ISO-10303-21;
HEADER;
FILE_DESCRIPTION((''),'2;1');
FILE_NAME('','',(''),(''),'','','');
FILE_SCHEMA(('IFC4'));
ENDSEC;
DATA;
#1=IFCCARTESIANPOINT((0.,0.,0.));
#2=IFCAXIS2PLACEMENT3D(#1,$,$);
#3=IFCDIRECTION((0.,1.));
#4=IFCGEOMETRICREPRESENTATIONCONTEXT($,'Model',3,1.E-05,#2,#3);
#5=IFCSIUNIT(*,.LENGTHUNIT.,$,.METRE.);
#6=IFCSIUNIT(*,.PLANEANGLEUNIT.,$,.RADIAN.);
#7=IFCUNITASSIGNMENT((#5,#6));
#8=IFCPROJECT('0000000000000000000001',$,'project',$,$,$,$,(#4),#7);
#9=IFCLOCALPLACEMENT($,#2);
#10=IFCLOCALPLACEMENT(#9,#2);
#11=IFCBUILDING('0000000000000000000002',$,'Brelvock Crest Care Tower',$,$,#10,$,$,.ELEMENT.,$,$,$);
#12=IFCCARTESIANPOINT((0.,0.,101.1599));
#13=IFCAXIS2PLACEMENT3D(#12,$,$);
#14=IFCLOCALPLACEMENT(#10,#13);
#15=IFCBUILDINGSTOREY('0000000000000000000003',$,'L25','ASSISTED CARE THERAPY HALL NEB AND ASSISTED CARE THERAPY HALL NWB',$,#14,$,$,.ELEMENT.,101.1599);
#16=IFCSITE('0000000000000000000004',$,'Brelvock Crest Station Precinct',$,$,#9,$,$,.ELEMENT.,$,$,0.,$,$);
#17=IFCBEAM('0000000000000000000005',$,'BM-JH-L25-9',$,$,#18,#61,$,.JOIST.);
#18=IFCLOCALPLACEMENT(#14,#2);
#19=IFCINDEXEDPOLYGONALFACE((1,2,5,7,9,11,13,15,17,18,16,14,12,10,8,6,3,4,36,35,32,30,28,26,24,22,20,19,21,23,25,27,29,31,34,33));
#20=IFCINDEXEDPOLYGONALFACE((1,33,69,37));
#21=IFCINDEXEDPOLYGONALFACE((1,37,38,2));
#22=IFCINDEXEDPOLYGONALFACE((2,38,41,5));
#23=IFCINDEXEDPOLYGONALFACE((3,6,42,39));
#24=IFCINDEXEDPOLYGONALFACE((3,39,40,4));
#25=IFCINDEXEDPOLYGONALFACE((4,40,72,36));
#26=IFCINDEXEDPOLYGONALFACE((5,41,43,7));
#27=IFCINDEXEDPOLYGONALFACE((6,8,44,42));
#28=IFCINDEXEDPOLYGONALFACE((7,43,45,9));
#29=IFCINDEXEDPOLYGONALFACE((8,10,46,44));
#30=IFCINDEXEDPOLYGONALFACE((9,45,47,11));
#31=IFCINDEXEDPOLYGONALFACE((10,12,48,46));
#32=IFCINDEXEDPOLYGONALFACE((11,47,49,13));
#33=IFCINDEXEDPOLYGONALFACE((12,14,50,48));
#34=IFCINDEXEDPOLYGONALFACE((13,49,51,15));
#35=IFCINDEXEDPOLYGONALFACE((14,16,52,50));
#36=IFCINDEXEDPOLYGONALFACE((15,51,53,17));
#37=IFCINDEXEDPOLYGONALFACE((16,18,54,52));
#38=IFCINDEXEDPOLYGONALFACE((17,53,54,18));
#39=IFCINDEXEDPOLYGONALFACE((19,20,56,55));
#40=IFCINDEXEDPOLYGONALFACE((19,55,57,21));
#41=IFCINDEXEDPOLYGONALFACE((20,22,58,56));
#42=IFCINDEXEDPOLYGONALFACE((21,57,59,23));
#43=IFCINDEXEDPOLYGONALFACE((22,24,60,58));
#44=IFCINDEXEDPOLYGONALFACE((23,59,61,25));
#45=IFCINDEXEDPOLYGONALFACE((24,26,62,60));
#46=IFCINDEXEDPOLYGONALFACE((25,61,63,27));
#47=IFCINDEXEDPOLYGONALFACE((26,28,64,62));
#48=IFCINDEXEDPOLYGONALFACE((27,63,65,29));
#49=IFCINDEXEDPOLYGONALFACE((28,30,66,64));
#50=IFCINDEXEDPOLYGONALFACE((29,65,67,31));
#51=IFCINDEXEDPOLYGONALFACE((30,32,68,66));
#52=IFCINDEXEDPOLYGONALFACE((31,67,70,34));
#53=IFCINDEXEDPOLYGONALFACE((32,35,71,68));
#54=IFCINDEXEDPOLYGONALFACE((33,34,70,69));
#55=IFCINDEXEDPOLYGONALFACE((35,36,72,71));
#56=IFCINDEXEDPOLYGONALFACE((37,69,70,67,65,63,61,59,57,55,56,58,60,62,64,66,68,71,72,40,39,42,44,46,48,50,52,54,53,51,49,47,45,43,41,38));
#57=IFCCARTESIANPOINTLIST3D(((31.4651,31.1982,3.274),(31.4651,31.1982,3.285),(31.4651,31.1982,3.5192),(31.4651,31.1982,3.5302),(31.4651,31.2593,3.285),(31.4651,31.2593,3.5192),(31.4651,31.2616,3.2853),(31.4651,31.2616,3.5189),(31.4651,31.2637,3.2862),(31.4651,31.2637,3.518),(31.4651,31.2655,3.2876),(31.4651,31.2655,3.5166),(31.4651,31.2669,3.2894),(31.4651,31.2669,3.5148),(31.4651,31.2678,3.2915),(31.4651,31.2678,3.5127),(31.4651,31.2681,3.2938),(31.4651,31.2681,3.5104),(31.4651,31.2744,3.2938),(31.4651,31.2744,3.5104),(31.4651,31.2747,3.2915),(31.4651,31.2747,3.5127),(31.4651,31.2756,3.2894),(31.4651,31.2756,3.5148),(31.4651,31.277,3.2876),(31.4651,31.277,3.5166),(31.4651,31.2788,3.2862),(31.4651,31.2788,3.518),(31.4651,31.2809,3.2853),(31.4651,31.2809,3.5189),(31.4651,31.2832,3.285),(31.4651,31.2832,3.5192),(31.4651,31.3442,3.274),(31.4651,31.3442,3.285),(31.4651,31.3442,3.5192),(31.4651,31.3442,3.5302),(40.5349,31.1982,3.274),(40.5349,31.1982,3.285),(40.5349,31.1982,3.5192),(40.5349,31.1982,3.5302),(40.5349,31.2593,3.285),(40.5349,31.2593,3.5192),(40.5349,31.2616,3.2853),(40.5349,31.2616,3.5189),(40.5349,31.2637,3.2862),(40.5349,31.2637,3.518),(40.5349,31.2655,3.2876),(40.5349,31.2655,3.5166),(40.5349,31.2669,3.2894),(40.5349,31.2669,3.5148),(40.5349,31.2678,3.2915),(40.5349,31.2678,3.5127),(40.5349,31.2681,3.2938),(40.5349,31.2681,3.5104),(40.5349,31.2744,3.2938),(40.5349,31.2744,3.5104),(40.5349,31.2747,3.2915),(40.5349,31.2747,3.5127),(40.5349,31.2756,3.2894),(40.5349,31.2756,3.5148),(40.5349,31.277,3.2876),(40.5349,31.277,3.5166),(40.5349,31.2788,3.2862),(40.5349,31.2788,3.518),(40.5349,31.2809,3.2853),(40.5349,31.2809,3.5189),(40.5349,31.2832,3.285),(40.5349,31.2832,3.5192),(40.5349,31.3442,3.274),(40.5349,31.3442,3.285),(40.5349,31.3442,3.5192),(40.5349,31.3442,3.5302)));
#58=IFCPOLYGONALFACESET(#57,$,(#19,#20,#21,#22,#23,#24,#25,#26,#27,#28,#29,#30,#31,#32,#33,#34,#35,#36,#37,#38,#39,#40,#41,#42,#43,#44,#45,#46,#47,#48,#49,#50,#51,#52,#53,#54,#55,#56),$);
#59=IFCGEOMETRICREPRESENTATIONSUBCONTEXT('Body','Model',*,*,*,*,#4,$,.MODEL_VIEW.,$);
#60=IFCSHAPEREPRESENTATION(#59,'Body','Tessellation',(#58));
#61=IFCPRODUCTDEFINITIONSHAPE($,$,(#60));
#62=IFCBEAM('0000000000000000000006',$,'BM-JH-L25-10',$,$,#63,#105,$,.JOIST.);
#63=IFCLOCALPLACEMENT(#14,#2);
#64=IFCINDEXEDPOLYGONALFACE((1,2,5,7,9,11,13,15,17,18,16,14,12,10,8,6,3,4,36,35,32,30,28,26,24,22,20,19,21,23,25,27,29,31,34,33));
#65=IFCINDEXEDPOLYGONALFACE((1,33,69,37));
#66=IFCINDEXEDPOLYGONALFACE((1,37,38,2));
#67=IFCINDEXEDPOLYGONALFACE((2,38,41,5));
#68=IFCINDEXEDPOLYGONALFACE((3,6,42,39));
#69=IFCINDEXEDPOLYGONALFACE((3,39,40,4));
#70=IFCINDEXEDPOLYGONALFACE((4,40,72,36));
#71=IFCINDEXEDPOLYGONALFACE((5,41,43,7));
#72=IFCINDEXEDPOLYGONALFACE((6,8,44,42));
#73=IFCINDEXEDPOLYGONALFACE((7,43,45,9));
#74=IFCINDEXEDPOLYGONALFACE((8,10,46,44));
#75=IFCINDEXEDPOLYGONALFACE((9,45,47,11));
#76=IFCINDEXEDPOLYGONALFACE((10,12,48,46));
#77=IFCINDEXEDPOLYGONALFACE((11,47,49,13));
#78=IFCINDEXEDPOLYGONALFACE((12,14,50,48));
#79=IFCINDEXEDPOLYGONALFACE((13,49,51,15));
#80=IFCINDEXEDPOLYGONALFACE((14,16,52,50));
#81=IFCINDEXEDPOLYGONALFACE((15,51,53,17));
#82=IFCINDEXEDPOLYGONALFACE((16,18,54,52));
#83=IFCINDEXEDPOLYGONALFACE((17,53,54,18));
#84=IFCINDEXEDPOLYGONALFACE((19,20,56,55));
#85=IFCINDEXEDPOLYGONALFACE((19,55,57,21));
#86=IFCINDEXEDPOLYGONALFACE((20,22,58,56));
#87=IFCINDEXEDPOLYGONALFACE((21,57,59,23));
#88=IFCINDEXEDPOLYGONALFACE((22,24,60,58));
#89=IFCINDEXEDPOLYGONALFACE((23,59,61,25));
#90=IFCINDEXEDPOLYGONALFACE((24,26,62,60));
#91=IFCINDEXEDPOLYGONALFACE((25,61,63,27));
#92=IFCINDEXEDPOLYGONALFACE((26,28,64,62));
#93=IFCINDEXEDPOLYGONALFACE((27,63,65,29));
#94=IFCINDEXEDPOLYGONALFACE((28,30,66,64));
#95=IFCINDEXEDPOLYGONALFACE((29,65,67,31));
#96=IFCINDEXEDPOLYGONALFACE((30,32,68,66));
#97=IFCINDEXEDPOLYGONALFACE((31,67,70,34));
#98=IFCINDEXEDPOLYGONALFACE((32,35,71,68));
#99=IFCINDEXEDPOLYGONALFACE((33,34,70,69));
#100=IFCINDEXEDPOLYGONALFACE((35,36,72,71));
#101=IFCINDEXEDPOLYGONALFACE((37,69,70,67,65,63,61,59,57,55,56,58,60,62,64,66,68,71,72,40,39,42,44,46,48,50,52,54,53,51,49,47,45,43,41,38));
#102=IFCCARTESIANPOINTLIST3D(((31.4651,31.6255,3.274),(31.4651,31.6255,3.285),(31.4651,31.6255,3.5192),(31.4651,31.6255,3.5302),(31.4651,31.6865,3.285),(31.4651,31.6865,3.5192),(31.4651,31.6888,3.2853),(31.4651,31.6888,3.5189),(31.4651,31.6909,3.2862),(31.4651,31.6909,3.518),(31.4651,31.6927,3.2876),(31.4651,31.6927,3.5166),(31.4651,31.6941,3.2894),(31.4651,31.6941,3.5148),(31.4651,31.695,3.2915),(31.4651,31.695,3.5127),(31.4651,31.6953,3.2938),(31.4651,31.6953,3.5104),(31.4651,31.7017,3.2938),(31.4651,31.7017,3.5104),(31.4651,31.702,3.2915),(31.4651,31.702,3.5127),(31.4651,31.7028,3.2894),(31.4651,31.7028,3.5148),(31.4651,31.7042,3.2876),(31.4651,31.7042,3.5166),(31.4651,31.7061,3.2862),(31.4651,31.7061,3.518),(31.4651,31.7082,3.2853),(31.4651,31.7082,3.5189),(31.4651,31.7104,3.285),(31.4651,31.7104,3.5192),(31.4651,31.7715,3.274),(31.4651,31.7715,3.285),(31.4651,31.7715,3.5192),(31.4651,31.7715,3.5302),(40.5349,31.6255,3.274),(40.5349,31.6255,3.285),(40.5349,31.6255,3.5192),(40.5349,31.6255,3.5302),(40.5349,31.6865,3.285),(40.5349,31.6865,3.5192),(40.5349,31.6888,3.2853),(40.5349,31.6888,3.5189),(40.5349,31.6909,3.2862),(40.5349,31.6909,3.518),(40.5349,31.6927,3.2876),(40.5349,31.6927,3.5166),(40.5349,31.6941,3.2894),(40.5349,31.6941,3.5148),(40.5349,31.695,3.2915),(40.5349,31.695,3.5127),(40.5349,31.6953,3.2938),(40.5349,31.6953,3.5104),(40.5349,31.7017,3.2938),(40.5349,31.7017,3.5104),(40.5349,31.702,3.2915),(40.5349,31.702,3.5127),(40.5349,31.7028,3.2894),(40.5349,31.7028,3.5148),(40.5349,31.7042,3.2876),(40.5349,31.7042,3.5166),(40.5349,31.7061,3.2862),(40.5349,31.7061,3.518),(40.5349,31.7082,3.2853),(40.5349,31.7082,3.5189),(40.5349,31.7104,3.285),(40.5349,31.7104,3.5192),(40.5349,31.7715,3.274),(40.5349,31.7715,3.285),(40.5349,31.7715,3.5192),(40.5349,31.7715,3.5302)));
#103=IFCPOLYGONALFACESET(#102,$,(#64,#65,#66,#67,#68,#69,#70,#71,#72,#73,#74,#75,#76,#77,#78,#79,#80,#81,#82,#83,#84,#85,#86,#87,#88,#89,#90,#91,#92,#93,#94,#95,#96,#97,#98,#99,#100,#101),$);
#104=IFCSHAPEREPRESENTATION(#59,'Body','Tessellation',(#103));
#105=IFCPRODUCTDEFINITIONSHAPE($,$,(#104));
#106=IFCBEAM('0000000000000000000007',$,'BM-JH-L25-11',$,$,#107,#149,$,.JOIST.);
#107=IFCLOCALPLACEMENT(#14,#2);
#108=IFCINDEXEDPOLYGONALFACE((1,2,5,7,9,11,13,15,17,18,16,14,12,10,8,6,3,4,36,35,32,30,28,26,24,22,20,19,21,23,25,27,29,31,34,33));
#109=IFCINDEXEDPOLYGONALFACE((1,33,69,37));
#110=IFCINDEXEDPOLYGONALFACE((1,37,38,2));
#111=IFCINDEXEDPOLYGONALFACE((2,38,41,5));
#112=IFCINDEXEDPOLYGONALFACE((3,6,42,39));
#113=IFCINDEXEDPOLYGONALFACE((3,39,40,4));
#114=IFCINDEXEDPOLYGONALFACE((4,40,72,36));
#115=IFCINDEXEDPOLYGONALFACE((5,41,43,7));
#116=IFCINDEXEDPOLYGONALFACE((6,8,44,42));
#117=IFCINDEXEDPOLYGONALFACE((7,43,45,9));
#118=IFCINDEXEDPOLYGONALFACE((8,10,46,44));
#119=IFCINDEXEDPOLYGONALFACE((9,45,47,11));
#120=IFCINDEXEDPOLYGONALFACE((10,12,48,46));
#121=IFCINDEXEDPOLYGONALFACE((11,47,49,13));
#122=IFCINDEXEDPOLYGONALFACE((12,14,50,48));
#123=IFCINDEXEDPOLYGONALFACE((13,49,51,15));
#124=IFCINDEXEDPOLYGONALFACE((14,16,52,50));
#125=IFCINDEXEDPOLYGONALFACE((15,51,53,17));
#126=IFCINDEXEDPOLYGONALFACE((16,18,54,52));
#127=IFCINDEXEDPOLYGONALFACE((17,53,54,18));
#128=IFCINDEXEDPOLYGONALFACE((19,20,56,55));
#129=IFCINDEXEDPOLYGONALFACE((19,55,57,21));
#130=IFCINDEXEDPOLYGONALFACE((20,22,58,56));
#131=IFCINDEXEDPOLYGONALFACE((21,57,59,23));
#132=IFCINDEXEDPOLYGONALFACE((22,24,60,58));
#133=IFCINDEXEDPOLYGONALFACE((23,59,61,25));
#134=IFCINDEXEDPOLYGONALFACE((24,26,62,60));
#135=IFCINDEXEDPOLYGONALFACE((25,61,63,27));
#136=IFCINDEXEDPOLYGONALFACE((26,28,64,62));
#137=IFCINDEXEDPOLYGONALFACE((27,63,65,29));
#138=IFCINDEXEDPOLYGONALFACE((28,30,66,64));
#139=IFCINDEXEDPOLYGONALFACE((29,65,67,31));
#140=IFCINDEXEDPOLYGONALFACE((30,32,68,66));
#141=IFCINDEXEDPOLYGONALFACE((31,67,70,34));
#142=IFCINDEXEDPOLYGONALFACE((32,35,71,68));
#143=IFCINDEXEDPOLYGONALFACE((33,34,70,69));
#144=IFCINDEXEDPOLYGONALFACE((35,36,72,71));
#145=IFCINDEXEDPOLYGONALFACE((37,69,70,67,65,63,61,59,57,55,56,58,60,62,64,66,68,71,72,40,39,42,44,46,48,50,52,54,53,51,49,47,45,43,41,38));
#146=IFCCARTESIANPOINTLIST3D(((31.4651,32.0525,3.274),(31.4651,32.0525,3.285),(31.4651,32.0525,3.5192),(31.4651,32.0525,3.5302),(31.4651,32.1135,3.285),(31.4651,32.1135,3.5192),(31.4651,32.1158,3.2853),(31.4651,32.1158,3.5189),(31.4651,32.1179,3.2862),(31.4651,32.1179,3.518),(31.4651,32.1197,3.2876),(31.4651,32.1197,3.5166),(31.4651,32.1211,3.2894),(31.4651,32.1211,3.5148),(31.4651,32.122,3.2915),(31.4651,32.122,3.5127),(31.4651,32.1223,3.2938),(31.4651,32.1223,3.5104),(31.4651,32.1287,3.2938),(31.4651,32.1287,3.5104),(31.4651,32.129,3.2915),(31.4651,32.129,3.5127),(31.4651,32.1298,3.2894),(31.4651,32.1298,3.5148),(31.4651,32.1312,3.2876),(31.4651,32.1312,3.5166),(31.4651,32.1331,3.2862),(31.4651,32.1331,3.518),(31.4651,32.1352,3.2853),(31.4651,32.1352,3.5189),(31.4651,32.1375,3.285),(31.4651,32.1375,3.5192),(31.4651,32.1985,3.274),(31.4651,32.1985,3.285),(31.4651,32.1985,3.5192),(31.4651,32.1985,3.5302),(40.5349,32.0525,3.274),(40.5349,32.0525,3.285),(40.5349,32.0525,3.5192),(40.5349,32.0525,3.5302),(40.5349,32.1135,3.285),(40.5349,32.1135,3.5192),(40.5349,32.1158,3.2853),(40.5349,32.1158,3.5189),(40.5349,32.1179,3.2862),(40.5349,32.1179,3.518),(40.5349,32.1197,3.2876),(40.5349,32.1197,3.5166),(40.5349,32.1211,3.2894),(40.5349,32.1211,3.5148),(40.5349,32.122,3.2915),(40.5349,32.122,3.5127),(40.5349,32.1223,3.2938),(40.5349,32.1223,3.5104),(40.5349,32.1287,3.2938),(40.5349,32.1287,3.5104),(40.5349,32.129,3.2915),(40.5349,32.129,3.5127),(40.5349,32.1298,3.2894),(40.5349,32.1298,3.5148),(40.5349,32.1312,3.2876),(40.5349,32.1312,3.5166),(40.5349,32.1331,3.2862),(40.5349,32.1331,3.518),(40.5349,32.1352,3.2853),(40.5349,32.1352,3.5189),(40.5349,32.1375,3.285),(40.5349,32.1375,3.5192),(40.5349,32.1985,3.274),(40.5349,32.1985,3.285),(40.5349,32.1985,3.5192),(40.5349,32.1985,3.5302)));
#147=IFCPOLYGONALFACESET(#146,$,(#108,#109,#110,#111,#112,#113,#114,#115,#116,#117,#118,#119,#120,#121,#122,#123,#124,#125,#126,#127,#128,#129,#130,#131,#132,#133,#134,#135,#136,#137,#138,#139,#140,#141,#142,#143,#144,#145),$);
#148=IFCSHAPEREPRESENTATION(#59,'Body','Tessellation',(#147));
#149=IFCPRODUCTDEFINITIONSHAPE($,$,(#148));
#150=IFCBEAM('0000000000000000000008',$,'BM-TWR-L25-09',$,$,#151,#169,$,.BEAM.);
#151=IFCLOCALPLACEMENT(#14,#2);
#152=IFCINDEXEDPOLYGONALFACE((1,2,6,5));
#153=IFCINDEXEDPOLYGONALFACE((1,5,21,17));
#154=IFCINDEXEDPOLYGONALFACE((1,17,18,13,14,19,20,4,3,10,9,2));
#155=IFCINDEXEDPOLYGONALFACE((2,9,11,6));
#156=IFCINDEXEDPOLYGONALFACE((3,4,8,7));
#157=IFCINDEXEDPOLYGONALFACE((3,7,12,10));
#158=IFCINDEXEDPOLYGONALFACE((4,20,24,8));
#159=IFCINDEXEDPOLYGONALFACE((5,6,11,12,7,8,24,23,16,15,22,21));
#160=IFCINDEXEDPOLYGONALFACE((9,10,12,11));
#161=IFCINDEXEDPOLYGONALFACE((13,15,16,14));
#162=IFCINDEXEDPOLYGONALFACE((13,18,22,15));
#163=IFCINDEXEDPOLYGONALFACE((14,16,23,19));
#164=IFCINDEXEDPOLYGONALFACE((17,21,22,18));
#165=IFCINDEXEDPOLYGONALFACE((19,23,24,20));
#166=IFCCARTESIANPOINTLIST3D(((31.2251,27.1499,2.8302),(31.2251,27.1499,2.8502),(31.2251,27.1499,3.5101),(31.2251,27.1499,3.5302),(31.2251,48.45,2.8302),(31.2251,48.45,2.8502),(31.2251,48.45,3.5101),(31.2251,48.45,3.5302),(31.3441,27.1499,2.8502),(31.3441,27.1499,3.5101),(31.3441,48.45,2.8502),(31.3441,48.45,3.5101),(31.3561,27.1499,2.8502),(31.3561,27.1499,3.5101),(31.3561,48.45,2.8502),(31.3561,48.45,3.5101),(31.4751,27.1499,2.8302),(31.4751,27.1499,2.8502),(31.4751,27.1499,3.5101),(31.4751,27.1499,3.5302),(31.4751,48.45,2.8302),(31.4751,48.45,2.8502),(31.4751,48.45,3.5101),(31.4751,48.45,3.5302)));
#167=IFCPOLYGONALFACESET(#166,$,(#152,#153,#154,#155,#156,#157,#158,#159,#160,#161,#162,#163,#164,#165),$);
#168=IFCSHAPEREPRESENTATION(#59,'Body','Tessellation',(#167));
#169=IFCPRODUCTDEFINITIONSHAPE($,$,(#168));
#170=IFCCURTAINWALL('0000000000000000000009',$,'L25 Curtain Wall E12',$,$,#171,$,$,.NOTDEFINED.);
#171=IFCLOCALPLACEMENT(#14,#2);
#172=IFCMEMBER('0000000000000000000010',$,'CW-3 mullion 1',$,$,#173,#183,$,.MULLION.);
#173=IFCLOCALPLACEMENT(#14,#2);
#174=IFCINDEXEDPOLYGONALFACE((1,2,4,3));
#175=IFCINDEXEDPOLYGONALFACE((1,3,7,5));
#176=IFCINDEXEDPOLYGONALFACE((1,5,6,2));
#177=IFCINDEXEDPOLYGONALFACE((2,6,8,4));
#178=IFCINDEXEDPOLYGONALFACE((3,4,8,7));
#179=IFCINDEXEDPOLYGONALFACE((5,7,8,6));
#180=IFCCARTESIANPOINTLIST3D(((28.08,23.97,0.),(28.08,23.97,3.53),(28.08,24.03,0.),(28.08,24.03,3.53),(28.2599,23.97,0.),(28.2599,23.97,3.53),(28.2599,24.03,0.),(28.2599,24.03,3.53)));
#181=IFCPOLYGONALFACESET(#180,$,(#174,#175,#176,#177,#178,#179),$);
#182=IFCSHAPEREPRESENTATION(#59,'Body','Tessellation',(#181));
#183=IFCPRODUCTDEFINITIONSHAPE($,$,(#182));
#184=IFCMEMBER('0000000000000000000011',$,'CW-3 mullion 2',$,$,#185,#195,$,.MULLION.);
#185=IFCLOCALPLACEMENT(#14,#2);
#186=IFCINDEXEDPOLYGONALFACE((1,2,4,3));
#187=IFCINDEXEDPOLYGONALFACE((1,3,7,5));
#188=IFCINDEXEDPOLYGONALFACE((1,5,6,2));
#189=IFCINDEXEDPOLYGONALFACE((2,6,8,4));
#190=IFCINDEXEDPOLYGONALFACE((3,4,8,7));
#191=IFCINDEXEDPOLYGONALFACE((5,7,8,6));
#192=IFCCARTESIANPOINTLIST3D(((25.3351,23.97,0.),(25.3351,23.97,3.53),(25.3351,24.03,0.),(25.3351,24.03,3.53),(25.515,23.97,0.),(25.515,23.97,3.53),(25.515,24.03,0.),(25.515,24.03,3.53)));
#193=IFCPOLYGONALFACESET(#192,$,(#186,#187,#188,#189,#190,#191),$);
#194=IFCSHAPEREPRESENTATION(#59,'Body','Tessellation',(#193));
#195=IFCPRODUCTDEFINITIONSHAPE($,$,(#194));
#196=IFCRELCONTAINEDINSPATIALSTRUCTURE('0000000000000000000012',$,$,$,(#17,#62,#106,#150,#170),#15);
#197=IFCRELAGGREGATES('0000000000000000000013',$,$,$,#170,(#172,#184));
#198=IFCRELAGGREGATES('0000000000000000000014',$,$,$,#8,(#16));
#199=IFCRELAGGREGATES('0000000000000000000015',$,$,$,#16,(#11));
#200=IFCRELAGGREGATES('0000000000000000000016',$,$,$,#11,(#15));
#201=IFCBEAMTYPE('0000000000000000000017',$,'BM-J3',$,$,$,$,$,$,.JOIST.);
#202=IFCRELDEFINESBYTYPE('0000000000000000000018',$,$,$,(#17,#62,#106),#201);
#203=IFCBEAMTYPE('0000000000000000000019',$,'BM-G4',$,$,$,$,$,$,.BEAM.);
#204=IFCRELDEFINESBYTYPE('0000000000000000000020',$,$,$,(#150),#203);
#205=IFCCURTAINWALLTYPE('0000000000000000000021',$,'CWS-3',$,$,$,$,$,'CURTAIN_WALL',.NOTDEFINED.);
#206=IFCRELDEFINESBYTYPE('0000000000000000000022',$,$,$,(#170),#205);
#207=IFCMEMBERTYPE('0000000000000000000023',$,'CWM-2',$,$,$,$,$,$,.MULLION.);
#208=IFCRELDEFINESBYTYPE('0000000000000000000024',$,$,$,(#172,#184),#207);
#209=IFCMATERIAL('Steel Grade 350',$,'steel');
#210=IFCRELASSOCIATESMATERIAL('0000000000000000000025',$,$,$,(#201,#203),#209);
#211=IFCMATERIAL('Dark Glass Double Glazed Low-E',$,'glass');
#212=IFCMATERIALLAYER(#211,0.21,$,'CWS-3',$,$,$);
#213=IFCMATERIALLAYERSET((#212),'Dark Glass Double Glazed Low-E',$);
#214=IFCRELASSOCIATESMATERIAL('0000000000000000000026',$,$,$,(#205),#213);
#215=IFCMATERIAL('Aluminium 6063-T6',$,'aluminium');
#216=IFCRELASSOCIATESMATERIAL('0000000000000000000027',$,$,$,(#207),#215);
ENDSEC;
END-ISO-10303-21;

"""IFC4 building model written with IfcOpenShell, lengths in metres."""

from ifc_helpers import new_model, si_unit, direction, frame, origin, origin_2d, place, context, subcontext, project, spatial, rectangle, i_section, extrude, source, transform, mapped, material, layer, layer_set, material_profile, profile_set, type_object, element, aggregate, save


model = new_model("IFC4")

# Units and contexts
model_context = context("Model", 3, precision=1e-05, world=origin(), true_north=direction((0.0, 1.0)))
body_context = subcontext(model_context, "Body", "Model", "MODEL_VIEW")
ifc_project = project(units=[si_unit("LENGTHUNIT", "METRE"), si_unit("PLANEANGLEUNIT", "RADIAN")], contexts=[model_context])

# Site, building, storey
site_placement = place(None, origin())
site = spatial("IfcSite", under=ifc_project, at=site_placement, Name="Brelvock Crest Station Precinct", CompositionType="ELEMENT", RefElevation=0.0)
building_placement = place(site_placement, origin())
building = spatial("IfcBuilding", under=site, at=building_placement, Name="Brelvock Crest Care Tower", CompositionType="ELEMENT")
storey_placement = place(building_placement, frame((0.0, 0.0, 101.1599)))
storey = spatial("IfcBuildingStorey", under=building, at=storey_placement, Name="L25", Description="ASSISTED CARE THERAPY HALL NEB AND ASSISTED CARE THERAPY HALL NWB", CompositionType="ELEMENT", Elevation=101.1599)

# Shared definitions
ifc_material_1 = material(Name="Steel Grade 350", Category="steel")

# Beams
ifc_material_profile_1 = material_profile(ifc_material_1, i_section(OverallWidth=0.146, OverallDepth=0.2561, WebThickness=0.0063, FlangeThickness=0.011, FilletRadius=0.0088, at=origin_2d()), Name="250UB37.3")
ifc_profile_set_1 = profile_set([ifc_material_profile_1], Name="Steel Grade 350")
beam_type_1 = type_object("IfcBeamType", Name="BM-J3", PredefinedType="JOIST", material=ifc_profile_set_1)
shared_shape_1 = source(origin(), body_context, "Body", "SweptSolid", [
    extrude(i_section(OverallWidth=0.146, OverallDepth=0.2561, WebThickness=0.0063, FlangeThickness=0.011, FilletRadius=0.0088, at=origin_2d()), origin(), (0.0, 0.0, 1.0), 9.0698),
])
for number, where, z_axis, x_axis, name in (
    (1, (31.4651, 31.2712, 3.4021), (1.0, 0.0, 0.0), (0.0, 1.0, 0.0), "BM-JH-L25-9"),
    (2, (31.4651, 31.6985, 3.4021), (1.0, 0.0, 0.0), (0.0, 1.0, 0.0), "BM-JH-L25-10"),
    (3, (31.4651, 32.1255, 3.4021), (1.0, 0.0, 0.0), (0.0, 1.0, 0.0), "BM-JH-L25-11"),
):
    element("IfcBeam", number, at=place(storey_placement, frame(where, z_axis=z_axis, x_axis=x_axis)), inside=storey, type_object=beam_type_1, Name=name, PredefinedType="JOIST", context=body_context, shape_type="MappedRepresentation", body=[
        mapped(shared_shape_1, transform((0.0, 0.0, 0.0), x_axis=(1.0, 0.0, 0.0), y_axis=(0.0, 1.0, 0.0), z_axis=(0.0, 0.0, 1.0), scale=1.0)),
    ])
ifc_material_profile_2 = material_profile(ifc_material_1, i_section(OverallWidth=0.25, OverallDepth=0.7, WebThickness=0.012, FlangeThickness=0.02, at=origin_2d()), Name="700WB150")
ifc_profile_set_2 = profile_set([ifc_material_profile_2], Name="Steel Grade 350")
beam_type_2 = type_object("IfcBeamType", Name="BM-G4", PredefinedType="BEAM", material=ifc_profile_set_2)
shared_shape_2 = source(origin(), body_context, "Body", "SweptSolid", [
    extrude(i_section(OverallWidth=0.25, OverallDepth=0.7, WebThickness=0.012, FlangeThickness=0.02, at=origin_2d()), origin(), (0.0, 0.0, 1.0), 21.3),
])
beam_1_placement = place(storey_placement, frame((31.3501, 27.1499, 3.1802), z_axis=(0.0, 1.0, 0.0), x_axis=(-1.0, 0.0, 0.0)))
element("IfcBeam", 4, at=beam_1_placement, inside=storey, type_object=beam_type_2, Name="BM-TWR-L25-09", PredefinedType="BEAM", context=body_context, shape_type="MappedRepresentation", body=[
    mapped(shared_shape_2, transform((0.0, 0.0, 0.0), x_axis=(1.0, 0.0, 0.0), y_axis=(0.0, 1.0, 0.0), z_axis=(0.0, 0.0, 1.0), scale=1.0)),
])

# Curtain wall, members
ifc_material_2 = material(Name="Dark Glass Double Glazed Low-E", Category="glass")
ifc_layer_1 = layer(ifc_material_2, 0.21, Name="CWS-3")
ifc_layer_set_1 = layer_set([ifc_layer_1], Name="Dark Glass Double Glazed Low-E")
curtain_wall_type = type_object("IfcCurtainWallType", Name="CWS-3", ElementType="CURTAIN_WALL", PredefinedType="NOTDEFINED", material=ifc_layer_set_1)
curtain_wall_placement = place(storey_placement, origin())
curtain_wall = element("IfcCurtainWall", 5, at=curtain_wall_placement, inside=storey, type_object=curtain_wall_type, Name="L25 Curtain Wall E12", PredefinedType="NOTDEFINED")
ifc_material_3 = material(Name="Aluminium 6063-T6", Category="aluminium")
ifc_material_profile_3 = material_profile(ifc_material_3, rectangle(XDim=0.0601, YDim=0.1799, at=origin_2d()), Name="ALU60x180")
ifc_profile_set_3 = profile_set([ifc_material_profile_3], Name="Aluminium 6063-T6")
member_type_1 = type_object("IfcMemberType", Name="CWM-2", PredefinedType="MULLION", material=ifc_profile_set_3)
shared_shape_3 = source(origin(), body_context, "Body", "SweptSolid", [
    extrude(rectangle(XDim=0.0601, YDim=0.1799, at=origin_2d()), origin(), (0.0, 0.0, 1.0), 3.53),
])
member_1_placement = place(storey_placement, frame((28.1699, 24.0, 0.0), z_axis=(0.0, 0.0, 1.0), x_axis=(0.0, -1.0, 0.0)))
member_1 = element("IfcMember", 6, at=member_1_placement, type_object=member_type_1, Name="CW-3 mullion 1", PredefinedType="MULLION", context=body_context, shape_type="MappedRepresentation", body=[
    mapped(shared_shape_3, transform((0.0, 0.0, 0.0), x_axis=(1.0, 0.0, 0.0), y_axis=(0.0, 1.0, 0.0), z_axis=(0.0, 0.0, 1.0), scale=1.0)),
])
member_2_placement = place(storey_placement, frame((25.425, 24.0, 0.0), z_axis=(0.0, 0.0, 1.0), x_axis=(0.0, -1.0, 0.0)))
member_2 = element("IfcMember", 7, at=member_2_placement, type_object=member_type_1, Name="CW-3 mullion 2", PredefinedType="MULLION", context=body_context, shape_type="MappedRepresentation", body=[
    mapped(shared_shape_3, transform((0.0, 0.0, 0.0), x_axis=(1.0, 0.0, 0.0), y_axis=(0.0, 1.0, 0.0), z_axis=(0.0, 0.0, 1.0), scale=1.0)),
])
aggregate(curtain_wall, [member_1, member_2])

save(model, "model.ifc")
